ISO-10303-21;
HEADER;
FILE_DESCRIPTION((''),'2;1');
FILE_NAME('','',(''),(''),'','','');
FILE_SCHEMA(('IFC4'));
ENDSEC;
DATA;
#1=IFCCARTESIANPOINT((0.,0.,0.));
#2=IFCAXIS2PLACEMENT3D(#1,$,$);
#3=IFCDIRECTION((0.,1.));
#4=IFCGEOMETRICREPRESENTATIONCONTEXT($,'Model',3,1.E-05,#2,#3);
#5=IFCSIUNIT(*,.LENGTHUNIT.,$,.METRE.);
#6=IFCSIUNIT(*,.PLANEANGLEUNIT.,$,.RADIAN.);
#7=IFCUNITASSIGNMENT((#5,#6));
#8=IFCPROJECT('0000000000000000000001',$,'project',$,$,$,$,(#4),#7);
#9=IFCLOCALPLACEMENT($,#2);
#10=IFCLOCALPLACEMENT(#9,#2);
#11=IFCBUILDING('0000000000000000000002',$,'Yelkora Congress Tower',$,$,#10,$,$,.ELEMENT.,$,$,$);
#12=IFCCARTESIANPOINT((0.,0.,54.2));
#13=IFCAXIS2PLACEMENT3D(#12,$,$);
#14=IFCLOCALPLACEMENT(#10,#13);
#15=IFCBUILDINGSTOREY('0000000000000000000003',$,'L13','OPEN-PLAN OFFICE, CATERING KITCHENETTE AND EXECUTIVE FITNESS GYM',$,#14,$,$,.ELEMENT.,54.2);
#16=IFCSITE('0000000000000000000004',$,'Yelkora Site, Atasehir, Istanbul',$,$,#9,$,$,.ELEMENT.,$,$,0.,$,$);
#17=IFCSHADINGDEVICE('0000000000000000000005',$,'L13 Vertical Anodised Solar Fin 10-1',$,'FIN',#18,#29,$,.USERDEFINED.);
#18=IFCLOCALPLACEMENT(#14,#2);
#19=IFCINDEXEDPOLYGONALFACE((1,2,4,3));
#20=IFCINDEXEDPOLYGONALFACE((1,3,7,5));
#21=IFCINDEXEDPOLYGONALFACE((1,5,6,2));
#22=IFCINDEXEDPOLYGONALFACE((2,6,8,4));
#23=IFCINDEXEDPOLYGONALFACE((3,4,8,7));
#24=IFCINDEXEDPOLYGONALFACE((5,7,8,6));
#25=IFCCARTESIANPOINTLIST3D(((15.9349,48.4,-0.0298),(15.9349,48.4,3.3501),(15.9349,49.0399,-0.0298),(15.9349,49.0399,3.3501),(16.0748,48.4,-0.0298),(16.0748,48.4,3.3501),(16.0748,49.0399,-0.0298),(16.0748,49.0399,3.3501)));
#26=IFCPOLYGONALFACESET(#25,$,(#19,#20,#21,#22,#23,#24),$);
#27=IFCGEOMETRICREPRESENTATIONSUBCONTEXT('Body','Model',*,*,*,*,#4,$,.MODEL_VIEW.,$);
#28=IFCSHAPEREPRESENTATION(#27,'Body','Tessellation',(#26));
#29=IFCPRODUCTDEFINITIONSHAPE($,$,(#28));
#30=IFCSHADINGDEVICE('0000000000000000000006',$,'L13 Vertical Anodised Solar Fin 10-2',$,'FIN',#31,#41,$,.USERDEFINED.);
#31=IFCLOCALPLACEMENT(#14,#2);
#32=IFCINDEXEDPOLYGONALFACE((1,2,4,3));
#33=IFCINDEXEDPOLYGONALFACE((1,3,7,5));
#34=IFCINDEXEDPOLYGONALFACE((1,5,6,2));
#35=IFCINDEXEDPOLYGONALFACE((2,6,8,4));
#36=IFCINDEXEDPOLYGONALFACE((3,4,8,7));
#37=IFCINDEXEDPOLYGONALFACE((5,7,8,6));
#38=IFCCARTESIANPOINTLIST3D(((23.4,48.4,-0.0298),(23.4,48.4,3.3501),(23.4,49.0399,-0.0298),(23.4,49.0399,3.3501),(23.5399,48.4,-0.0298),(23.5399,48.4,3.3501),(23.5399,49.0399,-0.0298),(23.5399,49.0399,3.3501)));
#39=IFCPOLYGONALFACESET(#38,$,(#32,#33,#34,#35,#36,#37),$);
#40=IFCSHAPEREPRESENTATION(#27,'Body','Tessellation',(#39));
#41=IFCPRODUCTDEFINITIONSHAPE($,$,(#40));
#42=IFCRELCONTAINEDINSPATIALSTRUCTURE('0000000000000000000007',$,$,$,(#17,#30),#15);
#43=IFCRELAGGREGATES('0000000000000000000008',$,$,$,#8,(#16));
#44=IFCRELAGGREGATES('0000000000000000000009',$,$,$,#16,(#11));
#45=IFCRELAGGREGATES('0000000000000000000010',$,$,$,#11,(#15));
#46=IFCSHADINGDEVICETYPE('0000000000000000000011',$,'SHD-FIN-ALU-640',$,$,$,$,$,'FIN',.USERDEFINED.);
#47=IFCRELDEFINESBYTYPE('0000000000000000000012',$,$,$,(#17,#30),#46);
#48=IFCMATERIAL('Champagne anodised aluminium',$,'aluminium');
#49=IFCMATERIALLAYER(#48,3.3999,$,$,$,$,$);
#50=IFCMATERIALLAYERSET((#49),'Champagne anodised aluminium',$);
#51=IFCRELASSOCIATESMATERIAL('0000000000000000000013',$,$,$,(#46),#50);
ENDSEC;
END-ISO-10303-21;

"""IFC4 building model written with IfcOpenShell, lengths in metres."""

from ifc_helpers import new_model, si_unit, direction, frame, origin, origin_2d, place, context, subcontext, project, spatial, rectangle, extrude, material, layer, layer_set, type_object, element, save


model = new_model("IFC4")

# Units and contexts
model_context = context("Model", 3, precision=1e-05, world=origin(), true_north=direction((0.0, 1.0)))
body_context = subcontext(model_context, "Body", "Model", "MODEL_VIEW")
ifc_project = project(units=[si_unit("LENGTHUNIT", "METRE"), si_unit("PLANEANGLEUNIT", "RADIAN")], contexts=[model_context])

# Site, building, storey
site_placement = place(None, origin())
site = spatial("IfcSite", under=ifc_project, at=site_placement, Name="Yelkora Site, Atasehir, Istanbul", CompositionType="ELEMENT", RefElevation=0.0)
building_placement = place(site_placement, origin())
building = spatial("IfcBuilding", under=site, at=building_placement, Name="Yelkora Congress Tower", CompositionType="ELEMENT")
storey_placement = place(building_placement, frame((0.0, 0.0, 54.2)))
storey = spatial("IfcBuildingStorey", under=building, at=storey_placement, Name="L13", Description="OPEN-PLAN OFFICE, CATERING KITCHENETTE AND EXECUTIVE FITNESS GYM", CompositionType="ELEMENT", Elevation=54.2)

# Shading devices
ifc_material_1 = material(Name="Champagne anodised aluminium", Category="aluminium")
ifc_layer_1 = layer(ifc_material_1, 3.3999)
ifc_layer_set_1 = layer_set([ifc_layer_1], Name="Champagne anodised aluminium")
shading_device_type = type_object("IfcShadingDeviceType", Name="SHD-FIN-ALU-640", ElementType="FIN", PredefinedType="USERDEFINED", material=ifc_layer_set_1)
for number, where, z_axis, x_axis, name in (
    (1, (16.0049, 48.72, -0.0298), (0.0, 0.0, 1.0), (1.0, 0.0, 0.0), "L13 Vertical Anodised Solar Fin 10-1"),
    (2, (23.47, 48.72, -0.0298), (0.0, 0.0, 1.0), (1.0, 0.0, 0.0), "L13 Vertical Anodised Solar Fin 10-2"),
):
    element("IfcShadingDevice", number, at=place(storey_placement, frame(where, z_axis=z_axis, x_axis=x_axis)), inside=storey, type_object=shading_device_type, Name=name, ObjectType="FIN", PredefinedType="USERDEFINED", context=body_context, shape_type="SweptSolid", body=[
        extrude(rectangle(XDim=0.1399, YDim=0.6399, at=origin_2d()), origin(), (0.0, 0.0, 1.0), 3.3799),
    ])

save(model, "model.ifc")
